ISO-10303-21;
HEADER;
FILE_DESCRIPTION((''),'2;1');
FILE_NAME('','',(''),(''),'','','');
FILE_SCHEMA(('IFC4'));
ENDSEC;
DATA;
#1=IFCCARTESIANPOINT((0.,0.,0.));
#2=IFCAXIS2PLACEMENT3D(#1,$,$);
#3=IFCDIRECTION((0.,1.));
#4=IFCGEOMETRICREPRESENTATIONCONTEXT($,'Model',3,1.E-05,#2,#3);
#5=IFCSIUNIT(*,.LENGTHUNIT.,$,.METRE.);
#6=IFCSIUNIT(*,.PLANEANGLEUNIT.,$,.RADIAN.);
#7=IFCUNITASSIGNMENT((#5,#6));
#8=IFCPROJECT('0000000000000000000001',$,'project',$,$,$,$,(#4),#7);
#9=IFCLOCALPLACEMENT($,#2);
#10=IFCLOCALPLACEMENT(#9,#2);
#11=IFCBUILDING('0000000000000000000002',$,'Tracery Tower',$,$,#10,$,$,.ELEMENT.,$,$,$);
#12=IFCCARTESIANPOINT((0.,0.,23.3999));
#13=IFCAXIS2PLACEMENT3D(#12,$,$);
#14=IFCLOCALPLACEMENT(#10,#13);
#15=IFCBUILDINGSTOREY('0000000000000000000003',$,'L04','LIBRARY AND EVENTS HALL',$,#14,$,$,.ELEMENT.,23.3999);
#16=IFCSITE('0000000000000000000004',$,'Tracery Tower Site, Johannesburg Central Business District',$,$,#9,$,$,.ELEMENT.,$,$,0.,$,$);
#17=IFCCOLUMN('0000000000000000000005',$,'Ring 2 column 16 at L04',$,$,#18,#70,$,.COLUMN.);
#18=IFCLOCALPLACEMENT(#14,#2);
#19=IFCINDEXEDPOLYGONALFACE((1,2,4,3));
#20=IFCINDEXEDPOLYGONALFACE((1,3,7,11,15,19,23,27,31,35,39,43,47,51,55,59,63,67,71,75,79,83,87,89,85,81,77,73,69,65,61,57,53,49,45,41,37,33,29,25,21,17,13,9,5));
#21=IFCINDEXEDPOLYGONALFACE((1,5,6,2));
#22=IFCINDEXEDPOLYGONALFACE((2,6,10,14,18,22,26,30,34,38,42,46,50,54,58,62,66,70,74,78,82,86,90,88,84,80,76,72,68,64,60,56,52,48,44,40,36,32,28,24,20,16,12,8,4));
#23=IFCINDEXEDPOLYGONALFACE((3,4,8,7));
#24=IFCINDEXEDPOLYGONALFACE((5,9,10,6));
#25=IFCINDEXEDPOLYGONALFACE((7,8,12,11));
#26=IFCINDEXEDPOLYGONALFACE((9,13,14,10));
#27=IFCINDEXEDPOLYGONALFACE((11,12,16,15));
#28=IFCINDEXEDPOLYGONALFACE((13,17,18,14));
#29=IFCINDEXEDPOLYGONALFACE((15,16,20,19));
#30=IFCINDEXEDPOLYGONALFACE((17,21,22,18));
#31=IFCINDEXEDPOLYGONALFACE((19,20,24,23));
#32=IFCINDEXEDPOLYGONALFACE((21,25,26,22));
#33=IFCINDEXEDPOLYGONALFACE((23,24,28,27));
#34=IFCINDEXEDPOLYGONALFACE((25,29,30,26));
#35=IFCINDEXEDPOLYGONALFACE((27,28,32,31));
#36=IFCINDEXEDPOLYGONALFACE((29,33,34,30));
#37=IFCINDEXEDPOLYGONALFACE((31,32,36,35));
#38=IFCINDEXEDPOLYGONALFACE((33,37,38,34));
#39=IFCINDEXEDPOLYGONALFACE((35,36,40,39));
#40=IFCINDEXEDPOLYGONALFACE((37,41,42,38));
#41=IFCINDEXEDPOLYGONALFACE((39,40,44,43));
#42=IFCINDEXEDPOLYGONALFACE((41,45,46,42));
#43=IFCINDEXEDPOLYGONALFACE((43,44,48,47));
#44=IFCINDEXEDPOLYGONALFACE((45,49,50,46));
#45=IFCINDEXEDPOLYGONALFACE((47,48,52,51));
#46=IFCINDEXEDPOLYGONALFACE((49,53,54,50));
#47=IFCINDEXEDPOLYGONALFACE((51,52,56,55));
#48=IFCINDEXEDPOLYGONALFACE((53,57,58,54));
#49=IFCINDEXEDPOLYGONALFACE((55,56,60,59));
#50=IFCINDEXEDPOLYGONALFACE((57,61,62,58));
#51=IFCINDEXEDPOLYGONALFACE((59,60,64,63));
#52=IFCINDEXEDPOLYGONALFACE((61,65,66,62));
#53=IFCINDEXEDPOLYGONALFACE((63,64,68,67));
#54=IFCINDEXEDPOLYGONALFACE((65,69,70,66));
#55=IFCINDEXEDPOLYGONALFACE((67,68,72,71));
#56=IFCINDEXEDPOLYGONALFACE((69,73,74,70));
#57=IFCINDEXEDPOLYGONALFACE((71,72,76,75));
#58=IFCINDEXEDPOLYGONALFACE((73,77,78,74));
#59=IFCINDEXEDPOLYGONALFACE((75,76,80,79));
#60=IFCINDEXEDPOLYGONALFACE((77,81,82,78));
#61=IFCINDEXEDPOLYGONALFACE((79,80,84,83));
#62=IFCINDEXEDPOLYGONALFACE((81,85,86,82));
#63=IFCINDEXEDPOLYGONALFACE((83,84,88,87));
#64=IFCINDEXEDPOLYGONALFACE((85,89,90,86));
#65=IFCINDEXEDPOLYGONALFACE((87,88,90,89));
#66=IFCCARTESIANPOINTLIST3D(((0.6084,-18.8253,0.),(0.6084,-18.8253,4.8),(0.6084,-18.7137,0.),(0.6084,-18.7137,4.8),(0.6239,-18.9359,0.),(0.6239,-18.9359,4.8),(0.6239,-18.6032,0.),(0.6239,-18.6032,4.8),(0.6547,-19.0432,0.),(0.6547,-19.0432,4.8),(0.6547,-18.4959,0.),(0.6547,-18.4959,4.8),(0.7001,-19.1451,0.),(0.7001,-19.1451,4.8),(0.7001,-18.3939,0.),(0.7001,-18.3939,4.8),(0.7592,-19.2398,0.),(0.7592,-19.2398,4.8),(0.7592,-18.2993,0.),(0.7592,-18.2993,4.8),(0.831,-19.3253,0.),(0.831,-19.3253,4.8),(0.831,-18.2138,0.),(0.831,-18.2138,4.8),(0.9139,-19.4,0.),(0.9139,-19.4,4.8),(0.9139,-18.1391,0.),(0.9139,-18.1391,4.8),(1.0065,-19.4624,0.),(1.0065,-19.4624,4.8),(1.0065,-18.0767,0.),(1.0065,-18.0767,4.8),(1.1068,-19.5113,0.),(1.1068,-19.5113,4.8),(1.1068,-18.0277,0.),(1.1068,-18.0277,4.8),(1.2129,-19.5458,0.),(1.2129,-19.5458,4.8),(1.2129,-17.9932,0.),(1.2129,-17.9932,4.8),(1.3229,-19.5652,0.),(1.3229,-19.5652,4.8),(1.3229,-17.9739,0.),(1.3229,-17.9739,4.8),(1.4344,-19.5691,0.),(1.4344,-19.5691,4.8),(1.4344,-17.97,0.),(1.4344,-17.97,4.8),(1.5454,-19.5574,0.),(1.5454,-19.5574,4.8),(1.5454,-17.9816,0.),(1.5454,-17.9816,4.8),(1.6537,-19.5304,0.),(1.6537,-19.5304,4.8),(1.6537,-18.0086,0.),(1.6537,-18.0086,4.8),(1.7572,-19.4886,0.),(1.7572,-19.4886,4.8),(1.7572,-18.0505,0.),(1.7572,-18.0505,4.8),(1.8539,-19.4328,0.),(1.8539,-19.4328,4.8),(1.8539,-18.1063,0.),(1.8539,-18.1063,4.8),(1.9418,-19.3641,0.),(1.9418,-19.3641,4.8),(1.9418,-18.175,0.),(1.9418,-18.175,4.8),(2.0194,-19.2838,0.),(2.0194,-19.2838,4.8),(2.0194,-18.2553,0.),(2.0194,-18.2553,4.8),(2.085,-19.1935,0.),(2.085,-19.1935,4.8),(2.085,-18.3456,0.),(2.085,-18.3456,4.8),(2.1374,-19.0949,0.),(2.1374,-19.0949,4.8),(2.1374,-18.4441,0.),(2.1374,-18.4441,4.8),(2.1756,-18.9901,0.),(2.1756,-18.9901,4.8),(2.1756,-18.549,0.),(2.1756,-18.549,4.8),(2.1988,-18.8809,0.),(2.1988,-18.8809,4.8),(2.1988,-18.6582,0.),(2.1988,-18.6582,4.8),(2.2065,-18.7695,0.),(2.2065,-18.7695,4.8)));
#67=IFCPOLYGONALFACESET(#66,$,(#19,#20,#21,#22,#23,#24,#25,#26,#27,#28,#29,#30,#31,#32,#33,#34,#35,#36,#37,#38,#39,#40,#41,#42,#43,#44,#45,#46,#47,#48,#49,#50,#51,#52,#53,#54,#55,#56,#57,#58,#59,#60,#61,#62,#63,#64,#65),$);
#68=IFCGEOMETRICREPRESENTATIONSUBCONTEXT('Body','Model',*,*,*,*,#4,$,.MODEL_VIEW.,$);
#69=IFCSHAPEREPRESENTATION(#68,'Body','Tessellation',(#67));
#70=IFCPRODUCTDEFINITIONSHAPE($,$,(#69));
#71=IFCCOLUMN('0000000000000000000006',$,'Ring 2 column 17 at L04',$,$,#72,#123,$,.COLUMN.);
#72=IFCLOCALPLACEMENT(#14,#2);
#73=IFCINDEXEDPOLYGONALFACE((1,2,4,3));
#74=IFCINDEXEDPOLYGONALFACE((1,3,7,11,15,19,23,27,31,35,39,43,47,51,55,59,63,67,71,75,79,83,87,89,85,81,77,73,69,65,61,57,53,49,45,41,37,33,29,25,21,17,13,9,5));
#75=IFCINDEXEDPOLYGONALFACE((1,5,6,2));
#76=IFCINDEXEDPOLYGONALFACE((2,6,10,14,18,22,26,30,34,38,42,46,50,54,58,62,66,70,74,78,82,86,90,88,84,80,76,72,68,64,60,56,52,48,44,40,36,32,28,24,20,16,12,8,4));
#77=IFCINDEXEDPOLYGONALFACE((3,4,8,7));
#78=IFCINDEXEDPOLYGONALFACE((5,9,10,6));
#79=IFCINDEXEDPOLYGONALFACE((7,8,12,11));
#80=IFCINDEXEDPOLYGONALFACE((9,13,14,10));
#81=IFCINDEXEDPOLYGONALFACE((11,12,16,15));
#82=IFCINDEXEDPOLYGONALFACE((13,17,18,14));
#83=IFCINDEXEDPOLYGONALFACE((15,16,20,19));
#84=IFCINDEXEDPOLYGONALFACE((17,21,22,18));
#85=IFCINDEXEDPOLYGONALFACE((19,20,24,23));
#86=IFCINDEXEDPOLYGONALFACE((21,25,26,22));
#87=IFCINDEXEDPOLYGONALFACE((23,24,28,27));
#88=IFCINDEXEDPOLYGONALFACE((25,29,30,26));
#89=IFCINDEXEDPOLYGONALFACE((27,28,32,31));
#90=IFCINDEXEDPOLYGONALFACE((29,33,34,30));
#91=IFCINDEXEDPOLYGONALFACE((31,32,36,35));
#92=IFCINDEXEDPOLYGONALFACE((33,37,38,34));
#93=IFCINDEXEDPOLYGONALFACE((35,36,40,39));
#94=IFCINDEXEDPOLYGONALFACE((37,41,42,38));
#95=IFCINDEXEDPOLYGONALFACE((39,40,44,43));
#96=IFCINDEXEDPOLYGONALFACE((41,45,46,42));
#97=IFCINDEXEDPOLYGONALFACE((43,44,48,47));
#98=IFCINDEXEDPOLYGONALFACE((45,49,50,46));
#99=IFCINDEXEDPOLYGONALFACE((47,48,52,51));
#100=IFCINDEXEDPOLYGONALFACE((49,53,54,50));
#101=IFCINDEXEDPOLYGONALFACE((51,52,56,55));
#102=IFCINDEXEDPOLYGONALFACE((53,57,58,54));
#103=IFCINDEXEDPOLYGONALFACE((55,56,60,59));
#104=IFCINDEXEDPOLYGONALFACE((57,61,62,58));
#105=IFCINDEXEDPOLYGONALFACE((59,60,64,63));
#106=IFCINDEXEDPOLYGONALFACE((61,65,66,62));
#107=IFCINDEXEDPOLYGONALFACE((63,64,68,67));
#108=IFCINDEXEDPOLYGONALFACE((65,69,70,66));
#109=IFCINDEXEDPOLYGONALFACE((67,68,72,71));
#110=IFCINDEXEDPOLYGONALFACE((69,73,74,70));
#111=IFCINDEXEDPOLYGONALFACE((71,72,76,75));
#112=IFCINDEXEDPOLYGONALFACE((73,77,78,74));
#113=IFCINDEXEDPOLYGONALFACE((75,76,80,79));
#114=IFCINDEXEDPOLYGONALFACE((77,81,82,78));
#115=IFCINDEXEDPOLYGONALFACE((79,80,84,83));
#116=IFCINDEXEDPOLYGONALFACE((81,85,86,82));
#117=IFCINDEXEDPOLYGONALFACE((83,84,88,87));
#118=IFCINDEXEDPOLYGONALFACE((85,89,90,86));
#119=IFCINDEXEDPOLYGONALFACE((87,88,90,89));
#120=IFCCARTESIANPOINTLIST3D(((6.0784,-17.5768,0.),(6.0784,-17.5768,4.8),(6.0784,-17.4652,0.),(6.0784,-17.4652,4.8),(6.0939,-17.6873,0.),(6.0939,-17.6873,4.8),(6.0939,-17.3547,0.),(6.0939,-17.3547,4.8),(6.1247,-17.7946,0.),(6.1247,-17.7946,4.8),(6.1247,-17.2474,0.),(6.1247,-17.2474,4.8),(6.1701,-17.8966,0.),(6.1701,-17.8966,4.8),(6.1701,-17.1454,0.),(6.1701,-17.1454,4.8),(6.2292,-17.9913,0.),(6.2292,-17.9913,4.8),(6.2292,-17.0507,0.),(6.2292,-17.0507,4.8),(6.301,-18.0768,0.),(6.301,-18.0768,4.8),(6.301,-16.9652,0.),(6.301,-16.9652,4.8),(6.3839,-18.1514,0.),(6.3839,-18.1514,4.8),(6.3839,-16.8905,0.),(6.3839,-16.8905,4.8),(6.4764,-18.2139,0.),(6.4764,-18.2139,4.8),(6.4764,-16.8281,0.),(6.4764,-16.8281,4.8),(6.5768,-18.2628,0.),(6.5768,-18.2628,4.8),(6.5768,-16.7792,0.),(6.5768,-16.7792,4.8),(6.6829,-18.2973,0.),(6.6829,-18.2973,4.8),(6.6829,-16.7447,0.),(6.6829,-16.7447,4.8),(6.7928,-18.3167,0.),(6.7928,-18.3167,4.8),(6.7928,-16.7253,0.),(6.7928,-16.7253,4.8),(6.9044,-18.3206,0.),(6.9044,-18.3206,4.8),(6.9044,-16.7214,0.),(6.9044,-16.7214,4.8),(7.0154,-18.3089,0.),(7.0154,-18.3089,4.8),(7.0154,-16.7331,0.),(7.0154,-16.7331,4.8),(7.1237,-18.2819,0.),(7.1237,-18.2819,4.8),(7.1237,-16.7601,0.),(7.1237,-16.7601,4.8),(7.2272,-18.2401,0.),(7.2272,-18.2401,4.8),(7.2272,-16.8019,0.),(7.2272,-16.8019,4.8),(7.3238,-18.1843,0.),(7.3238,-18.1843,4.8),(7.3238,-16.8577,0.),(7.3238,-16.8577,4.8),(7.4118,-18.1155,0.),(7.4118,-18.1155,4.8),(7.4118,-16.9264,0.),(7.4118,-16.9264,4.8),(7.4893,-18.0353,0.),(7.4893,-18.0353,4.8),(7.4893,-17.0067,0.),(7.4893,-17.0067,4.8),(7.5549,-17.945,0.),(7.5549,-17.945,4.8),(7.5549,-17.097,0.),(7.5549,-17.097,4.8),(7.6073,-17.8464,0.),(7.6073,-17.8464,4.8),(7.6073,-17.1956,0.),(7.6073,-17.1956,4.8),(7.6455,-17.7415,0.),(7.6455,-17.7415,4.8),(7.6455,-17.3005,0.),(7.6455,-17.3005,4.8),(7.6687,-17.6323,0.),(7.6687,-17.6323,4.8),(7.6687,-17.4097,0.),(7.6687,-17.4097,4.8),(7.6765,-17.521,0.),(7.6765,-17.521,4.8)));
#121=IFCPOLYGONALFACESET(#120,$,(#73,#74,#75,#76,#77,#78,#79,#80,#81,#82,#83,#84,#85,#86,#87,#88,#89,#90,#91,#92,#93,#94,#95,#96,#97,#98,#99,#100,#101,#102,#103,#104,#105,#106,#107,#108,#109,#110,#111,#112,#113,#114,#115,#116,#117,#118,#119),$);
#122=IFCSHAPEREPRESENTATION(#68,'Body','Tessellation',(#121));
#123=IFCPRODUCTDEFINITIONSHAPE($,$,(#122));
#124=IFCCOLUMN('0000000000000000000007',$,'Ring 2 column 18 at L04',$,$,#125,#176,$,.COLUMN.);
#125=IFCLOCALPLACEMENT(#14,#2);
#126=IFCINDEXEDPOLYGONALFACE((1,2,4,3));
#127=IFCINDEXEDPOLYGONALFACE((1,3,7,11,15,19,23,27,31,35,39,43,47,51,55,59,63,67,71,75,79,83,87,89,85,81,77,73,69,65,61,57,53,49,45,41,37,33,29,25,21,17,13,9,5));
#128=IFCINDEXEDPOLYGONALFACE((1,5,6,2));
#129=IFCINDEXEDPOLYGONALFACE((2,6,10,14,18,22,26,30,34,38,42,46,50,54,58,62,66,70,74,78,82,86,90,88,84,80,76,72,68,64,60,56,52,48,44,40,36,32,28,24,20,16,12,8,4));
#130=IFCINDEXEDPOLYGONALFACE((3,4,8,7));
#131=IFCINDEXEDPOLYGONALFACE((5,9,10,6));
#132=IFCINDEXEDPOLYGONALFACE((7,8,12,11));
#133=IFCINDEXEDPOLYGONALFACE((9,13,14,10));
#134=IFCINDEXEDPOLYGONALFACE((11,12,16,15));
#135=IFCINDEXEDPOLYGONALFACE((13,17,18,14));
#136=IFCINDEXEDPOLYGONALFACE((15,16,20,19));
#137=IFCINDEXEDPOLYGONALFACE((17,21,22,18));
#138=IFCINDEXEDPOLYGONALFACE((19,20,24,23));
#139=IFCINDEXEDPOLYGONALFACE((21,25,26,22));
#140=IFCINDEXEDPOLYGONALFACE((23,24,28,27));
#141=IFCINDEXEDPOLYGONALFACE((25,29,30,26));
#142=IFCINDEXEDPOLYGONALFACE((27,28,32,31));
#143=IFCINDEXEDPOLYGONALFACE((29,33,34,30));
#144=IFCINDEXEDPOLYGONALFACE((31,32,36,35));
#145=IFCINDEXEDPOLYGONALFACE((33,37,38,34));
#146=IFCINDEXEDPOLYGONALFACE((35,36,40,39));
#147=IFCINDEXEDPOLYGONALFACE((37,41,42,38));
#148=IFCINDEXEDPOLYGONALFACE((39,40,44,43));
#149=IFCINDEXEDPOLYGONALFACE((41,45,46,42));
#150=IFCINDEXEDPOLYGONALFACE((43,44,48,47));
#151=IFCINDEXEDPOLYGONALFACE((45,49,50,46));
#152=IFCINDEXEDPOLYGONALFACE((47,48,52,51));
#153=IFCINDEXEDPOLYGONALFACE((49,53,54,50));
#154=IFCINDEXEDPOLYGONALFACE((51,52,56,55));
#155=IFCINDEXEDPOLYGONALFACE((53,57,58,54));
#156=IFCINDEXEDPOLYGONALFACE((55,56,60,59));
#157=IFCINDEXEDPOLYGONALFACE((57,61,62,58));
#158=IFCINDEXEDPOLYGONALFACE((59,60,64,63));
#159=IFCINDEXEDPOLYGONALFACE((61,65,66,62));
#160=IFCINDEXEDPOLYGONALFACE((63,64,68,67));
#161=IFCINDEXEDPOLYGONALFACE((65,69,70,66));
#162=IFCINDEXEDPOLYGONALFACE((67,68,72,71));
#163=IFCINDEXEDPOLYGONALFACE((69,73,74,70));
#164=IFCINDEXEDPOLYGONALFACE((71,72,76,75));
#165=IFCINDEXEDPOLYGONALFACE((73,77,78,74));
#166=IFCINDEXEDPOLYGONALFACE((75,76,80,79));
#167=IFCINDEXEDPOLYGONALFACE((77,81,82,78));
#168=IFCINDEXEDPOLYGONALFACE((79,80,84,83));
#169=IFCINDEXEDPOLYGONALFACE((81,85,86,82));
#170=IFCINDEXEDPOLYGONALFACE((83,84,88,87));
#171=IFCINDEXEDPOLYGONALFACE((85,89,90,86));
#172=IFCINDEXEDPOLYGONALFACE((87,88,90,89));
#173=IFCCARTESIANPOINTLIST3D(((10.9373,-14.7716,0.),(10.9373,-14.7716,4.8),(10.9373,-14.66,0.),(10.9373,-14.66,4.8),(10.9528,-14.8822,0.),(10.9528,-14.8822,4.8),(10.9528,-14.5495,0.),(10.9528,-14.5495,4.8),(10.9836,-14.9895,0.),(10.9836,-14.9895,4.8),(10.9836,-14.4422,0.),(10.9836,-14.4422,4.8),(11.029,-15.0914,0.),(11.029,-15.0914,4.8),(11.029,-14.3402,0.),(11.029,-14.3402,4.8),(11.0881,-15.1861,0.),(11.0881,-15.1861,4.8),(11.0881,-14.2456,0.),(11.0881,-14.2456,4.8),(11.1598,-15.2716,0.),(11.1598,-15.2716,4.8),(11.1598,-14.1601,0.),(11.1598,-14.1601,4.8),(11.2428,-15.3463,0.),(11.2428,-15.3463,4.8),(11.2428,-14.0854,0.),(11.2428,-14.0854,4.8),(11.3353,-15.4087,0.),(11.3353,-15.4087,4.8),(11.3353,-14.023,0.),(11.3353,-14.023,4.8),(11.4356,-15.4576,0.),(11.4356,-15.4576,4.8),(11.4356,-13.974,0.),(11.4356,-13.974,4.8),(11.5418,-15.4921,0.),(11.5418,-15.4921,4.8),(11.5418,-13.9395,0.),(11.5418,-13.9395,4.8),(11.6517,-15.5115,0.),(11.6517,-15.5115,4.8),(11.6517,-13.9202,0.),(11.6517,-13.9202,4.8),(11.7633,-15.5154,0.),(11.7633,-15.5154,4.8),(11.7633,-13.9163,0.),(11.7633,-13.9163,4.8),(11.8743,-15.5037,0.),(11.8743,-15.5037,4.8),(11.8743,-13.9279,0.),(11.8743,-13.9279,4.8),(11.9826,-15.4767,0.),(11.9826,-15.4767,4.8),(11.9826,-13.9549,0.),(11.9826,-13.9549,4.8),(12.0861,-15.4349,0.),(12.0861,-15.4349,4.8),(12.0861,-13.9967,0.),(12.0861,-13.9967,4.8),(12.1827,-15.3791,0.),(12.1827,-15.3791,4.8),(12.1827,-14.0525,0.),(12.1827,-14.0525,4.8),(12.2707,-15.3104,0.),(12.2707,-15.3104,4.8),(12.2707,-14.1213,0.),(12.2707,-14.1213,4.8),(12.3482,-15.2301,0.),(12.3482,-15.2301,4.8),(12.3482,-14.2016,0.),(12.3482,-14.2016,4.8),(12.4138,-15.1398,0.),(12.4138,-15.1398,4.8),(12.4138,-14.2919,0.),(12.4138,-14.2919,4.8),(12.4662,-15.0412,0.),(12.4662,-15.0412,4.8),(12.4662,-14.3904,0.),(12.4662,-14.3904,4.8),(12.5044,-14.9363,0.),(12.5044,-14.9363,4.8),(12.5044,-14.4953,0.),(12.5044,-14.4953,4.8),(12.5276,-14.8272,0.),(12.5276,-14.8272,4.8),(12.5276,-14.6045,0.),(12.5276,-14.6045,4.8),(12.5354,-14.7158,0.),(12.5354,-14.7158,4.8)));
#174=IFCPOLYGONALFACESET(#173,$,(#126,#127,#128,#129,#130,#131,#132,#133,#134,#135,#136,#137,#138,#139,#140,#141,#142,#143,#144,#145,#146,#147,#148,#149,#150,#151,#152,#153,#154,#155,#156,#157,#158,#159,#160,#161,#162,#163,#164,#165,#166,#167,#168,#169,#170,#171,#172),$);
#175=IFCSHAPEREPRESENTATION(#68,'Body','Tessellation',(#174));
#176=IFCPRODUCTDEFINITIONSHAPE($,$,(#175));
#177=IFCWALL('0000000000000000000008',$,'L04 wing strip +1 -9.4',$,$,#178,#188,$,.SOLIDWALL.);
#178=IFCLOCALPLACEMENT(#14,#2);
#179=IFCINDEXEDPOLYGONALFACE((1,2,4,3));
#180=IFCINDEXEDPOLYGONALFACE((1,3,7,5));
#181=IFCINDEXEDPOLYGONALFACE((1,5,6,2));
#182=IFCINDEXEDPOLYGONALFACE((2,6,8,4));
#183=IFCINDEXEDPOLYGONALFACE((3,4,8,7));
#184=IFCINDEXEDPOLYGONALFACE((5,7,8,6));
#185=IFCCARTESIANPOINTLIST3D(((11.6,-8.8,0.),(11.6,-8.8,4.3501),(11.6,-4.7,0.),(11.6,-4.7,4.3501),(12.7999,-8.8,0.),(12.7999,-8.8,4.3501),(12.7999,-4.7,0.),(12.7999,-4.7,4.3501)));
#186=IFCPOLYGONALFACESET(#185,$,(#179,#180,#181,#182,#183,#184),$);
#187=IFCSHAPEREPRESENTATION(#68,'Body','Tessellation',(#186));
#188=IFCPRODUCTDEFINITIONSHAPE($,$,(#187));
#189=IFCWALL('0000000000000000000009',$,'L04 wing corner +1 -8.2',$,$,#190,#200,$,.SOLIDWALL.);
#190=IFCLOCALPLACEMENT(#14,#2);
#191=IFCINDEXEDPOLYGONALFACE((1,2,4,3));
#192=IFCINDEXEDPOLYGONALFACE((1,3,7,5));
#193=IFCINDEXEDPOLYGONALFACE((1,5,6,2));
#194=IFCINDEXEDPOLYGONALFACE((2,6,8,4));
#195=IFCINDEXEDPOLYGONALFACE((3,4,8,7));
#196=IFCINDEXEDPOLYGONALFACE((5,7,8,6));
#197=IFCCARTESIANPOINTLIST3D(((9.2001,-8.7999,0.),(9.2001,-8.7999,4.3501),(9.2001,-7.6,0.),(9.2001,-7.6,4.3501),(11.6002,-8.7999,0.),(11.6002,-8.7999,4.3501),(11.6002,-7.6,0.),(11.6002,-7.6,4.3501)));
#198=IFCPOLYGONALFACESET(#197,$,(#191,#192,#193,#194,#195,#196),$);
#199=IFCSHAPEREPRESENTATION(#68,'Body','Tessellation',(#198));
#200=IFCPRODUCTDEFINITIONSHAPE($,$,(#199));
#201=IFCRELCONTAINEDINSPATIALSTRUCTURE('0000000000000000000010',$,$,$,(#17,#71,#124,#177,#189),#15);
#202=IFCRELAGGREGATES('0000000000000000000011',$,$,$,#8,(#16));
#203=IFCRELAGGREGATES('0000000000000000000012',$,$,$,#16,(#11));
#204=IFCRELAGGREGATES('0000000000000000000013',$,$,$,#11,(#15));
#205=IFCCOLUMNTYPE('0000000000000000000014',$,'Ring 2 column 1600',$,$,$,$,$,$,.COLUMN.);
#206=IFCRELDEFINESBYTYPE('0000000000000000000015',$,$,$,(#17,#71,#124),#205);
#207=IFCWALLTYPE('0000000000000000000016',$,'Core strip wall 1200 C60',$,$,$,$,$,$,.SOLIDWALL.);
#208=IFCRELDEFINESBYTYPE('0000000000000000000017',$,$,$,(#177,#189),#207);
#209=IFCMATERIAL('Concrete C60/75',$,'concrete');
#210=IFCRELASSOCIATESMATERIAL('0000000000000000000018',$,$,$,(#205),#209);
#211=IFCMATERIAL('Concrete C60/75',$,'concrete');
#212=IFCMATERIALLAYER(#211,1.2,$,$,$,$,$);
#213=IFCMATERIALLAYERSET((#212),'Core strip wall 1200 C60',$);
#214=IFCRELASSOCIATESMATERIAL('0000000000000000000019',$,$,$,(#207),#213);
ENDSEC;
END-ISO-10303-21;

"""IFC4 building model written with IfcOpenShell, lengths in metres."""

from ifc_helpers import new_model, si_unit, direction, frame, frame_2d, origin, origin_2d, place, context, subcontext, project, spatial, rectangle, circle, extrude, material, layer, layer_set, material_profile, profile_set, type_object, element, save


model = new_model("IFC4")

# Units and contexts
model_context = context("Model", 3, precision=1e-05, world=origin(), true_north=direction((0.0, 1.0)))
body_context = subcontext(model_context, "Body", "Model", "MODEL_VIEW")
ifc_project = project(units=[si_unit("LENGTHUNIT", "METRE"), si_unit("PLANEANGLEUNIT", "RADIAN")], contexts=[model_context])

# Site, building, storey
site_placement = place(None, origin())
site = spatial("IfcSite", under=ifc_project, at=site_placement, Name="Tracery Tower Site, Johannesburg Central Business District", CompositionType="ELEMENT", RefElevation=0.0)
building_placement = place(site_placement, origin())
building = spatial("IfcBuilding", under=site, at=building_placement, Name="Tracery Tower", CompositionType="ELEMENT")
storey_placement = place(building_placement, frame((0.0, 0.0, 23.3999)))
storey = spatial("IfcBuildingStorey", under=building, at=storey_placement, Name="L04", Description="LIBRARY AND EVENTS HALL", CompositionType="ELEMENT", Elevation=23.3999)

# Columns
ifc_material_1 = material(Name="Concrete C60/75", Category="concrete")
ifc_material_profile = material_profile(ifc_material_1, circle(Radius=0.8, at=origin_2d()), Name="RC D1600")
ifc_profile_set = profile_set([ifc_material_profile], Name="Concrete C60/75")
column_type = type_object("IfcColumnType", Name="Ring 2 column 1600", PredefinedType="COLUMN", material=ifc_profile_set)
for number, where, z_axis, x_axis, name in (
    (1, (1.4065, -18.7695, 0.0), (0.0, 0.0, 1.0), (1.0, 0.0, 0.0), "Ring 2 column 16 at L04"),
    (2, (6.8765, -17.521, 0.0), (0.0, 0.0, 1.0), (1.0, 0.0, 0.0), "Ring 2 column 17 at L04"),
    (3, (11.7354, -14.7158, 0.0), (0.0, 0.0, 1.0), (1.0, 0.0, 0.0), "Ring 2 column 18 at L04"),
):
    element("IfcColumn", number, at=place(storey_placement, frame(where, z_axis=z_axis, x_axis=x_axis)), inside=storey, type_object=column_type, Name=name, PredefinedType="COLUMN", context=body_context, shape_type="SweptSolid", body=[
        extrude(circle(Radius=0.8, at=origin_2d()), origin(), (0.0, 0.0, 1.0), 4.8),
    ])

# Walls
ifc_material_2 = material(Name="Concrete C60/75", Category="concrete")
ifc_layer_1 = layer(ifc_material_2, 1.2)
ifc_layer_set_1 = layer_set([ifc_layer_1], Name="Core strip wall 1200 C60")
wall_type_1 = type_object("IfcWallType", Name="Core strip wall 1200 C60", PredefinedType="SOLIDWALL", material=ifc_layer_set_1)
wall_1_placement = place(storey_placement, frame((12.2, -8.8, 0.0), z_axis=(0.0, 0.0, 1.0), x_axis=(0.0, 1.0, 0.0)))
element("IfcWall", 4, at=wall_1_placement, inside=storey, type_object=wall_type_1, Name="L04 wing strip +1 -9.4", PredefinedType="SOLIDWALL", context=body_context, shape_type="SweptSolid", body=[
    extrude(rectangle(XDim=4.1001, YDim=1.2, at=frame_2d((2.05, 0.0))), origin(), (0.0, 0.0, 1.0), 4.3501),
])
wall_2_placement = place(storey_placement, frame((9.2, -8.2, 0.0), z_axis=(0.0, 0.0, 1.0), x_axis=(1.0, 0.0, 0.0)))
element("IfcWall", 5, at=wall_2_placement, inside=storey, type_object=wall_type_1, Name="L04 wing corner +1 -8.2", PredefinedType="SOLIDWALL", context=body_context, shape_type="SweptSolid", body=[
    extrude(rectangle(XDim=2.4001, YDim=1.2, at=frame_2d((1.2002, 0.0))), origin(), (0.0, 0.0, 1.0), 4.3501),
])

save(model, "model.ifc")
